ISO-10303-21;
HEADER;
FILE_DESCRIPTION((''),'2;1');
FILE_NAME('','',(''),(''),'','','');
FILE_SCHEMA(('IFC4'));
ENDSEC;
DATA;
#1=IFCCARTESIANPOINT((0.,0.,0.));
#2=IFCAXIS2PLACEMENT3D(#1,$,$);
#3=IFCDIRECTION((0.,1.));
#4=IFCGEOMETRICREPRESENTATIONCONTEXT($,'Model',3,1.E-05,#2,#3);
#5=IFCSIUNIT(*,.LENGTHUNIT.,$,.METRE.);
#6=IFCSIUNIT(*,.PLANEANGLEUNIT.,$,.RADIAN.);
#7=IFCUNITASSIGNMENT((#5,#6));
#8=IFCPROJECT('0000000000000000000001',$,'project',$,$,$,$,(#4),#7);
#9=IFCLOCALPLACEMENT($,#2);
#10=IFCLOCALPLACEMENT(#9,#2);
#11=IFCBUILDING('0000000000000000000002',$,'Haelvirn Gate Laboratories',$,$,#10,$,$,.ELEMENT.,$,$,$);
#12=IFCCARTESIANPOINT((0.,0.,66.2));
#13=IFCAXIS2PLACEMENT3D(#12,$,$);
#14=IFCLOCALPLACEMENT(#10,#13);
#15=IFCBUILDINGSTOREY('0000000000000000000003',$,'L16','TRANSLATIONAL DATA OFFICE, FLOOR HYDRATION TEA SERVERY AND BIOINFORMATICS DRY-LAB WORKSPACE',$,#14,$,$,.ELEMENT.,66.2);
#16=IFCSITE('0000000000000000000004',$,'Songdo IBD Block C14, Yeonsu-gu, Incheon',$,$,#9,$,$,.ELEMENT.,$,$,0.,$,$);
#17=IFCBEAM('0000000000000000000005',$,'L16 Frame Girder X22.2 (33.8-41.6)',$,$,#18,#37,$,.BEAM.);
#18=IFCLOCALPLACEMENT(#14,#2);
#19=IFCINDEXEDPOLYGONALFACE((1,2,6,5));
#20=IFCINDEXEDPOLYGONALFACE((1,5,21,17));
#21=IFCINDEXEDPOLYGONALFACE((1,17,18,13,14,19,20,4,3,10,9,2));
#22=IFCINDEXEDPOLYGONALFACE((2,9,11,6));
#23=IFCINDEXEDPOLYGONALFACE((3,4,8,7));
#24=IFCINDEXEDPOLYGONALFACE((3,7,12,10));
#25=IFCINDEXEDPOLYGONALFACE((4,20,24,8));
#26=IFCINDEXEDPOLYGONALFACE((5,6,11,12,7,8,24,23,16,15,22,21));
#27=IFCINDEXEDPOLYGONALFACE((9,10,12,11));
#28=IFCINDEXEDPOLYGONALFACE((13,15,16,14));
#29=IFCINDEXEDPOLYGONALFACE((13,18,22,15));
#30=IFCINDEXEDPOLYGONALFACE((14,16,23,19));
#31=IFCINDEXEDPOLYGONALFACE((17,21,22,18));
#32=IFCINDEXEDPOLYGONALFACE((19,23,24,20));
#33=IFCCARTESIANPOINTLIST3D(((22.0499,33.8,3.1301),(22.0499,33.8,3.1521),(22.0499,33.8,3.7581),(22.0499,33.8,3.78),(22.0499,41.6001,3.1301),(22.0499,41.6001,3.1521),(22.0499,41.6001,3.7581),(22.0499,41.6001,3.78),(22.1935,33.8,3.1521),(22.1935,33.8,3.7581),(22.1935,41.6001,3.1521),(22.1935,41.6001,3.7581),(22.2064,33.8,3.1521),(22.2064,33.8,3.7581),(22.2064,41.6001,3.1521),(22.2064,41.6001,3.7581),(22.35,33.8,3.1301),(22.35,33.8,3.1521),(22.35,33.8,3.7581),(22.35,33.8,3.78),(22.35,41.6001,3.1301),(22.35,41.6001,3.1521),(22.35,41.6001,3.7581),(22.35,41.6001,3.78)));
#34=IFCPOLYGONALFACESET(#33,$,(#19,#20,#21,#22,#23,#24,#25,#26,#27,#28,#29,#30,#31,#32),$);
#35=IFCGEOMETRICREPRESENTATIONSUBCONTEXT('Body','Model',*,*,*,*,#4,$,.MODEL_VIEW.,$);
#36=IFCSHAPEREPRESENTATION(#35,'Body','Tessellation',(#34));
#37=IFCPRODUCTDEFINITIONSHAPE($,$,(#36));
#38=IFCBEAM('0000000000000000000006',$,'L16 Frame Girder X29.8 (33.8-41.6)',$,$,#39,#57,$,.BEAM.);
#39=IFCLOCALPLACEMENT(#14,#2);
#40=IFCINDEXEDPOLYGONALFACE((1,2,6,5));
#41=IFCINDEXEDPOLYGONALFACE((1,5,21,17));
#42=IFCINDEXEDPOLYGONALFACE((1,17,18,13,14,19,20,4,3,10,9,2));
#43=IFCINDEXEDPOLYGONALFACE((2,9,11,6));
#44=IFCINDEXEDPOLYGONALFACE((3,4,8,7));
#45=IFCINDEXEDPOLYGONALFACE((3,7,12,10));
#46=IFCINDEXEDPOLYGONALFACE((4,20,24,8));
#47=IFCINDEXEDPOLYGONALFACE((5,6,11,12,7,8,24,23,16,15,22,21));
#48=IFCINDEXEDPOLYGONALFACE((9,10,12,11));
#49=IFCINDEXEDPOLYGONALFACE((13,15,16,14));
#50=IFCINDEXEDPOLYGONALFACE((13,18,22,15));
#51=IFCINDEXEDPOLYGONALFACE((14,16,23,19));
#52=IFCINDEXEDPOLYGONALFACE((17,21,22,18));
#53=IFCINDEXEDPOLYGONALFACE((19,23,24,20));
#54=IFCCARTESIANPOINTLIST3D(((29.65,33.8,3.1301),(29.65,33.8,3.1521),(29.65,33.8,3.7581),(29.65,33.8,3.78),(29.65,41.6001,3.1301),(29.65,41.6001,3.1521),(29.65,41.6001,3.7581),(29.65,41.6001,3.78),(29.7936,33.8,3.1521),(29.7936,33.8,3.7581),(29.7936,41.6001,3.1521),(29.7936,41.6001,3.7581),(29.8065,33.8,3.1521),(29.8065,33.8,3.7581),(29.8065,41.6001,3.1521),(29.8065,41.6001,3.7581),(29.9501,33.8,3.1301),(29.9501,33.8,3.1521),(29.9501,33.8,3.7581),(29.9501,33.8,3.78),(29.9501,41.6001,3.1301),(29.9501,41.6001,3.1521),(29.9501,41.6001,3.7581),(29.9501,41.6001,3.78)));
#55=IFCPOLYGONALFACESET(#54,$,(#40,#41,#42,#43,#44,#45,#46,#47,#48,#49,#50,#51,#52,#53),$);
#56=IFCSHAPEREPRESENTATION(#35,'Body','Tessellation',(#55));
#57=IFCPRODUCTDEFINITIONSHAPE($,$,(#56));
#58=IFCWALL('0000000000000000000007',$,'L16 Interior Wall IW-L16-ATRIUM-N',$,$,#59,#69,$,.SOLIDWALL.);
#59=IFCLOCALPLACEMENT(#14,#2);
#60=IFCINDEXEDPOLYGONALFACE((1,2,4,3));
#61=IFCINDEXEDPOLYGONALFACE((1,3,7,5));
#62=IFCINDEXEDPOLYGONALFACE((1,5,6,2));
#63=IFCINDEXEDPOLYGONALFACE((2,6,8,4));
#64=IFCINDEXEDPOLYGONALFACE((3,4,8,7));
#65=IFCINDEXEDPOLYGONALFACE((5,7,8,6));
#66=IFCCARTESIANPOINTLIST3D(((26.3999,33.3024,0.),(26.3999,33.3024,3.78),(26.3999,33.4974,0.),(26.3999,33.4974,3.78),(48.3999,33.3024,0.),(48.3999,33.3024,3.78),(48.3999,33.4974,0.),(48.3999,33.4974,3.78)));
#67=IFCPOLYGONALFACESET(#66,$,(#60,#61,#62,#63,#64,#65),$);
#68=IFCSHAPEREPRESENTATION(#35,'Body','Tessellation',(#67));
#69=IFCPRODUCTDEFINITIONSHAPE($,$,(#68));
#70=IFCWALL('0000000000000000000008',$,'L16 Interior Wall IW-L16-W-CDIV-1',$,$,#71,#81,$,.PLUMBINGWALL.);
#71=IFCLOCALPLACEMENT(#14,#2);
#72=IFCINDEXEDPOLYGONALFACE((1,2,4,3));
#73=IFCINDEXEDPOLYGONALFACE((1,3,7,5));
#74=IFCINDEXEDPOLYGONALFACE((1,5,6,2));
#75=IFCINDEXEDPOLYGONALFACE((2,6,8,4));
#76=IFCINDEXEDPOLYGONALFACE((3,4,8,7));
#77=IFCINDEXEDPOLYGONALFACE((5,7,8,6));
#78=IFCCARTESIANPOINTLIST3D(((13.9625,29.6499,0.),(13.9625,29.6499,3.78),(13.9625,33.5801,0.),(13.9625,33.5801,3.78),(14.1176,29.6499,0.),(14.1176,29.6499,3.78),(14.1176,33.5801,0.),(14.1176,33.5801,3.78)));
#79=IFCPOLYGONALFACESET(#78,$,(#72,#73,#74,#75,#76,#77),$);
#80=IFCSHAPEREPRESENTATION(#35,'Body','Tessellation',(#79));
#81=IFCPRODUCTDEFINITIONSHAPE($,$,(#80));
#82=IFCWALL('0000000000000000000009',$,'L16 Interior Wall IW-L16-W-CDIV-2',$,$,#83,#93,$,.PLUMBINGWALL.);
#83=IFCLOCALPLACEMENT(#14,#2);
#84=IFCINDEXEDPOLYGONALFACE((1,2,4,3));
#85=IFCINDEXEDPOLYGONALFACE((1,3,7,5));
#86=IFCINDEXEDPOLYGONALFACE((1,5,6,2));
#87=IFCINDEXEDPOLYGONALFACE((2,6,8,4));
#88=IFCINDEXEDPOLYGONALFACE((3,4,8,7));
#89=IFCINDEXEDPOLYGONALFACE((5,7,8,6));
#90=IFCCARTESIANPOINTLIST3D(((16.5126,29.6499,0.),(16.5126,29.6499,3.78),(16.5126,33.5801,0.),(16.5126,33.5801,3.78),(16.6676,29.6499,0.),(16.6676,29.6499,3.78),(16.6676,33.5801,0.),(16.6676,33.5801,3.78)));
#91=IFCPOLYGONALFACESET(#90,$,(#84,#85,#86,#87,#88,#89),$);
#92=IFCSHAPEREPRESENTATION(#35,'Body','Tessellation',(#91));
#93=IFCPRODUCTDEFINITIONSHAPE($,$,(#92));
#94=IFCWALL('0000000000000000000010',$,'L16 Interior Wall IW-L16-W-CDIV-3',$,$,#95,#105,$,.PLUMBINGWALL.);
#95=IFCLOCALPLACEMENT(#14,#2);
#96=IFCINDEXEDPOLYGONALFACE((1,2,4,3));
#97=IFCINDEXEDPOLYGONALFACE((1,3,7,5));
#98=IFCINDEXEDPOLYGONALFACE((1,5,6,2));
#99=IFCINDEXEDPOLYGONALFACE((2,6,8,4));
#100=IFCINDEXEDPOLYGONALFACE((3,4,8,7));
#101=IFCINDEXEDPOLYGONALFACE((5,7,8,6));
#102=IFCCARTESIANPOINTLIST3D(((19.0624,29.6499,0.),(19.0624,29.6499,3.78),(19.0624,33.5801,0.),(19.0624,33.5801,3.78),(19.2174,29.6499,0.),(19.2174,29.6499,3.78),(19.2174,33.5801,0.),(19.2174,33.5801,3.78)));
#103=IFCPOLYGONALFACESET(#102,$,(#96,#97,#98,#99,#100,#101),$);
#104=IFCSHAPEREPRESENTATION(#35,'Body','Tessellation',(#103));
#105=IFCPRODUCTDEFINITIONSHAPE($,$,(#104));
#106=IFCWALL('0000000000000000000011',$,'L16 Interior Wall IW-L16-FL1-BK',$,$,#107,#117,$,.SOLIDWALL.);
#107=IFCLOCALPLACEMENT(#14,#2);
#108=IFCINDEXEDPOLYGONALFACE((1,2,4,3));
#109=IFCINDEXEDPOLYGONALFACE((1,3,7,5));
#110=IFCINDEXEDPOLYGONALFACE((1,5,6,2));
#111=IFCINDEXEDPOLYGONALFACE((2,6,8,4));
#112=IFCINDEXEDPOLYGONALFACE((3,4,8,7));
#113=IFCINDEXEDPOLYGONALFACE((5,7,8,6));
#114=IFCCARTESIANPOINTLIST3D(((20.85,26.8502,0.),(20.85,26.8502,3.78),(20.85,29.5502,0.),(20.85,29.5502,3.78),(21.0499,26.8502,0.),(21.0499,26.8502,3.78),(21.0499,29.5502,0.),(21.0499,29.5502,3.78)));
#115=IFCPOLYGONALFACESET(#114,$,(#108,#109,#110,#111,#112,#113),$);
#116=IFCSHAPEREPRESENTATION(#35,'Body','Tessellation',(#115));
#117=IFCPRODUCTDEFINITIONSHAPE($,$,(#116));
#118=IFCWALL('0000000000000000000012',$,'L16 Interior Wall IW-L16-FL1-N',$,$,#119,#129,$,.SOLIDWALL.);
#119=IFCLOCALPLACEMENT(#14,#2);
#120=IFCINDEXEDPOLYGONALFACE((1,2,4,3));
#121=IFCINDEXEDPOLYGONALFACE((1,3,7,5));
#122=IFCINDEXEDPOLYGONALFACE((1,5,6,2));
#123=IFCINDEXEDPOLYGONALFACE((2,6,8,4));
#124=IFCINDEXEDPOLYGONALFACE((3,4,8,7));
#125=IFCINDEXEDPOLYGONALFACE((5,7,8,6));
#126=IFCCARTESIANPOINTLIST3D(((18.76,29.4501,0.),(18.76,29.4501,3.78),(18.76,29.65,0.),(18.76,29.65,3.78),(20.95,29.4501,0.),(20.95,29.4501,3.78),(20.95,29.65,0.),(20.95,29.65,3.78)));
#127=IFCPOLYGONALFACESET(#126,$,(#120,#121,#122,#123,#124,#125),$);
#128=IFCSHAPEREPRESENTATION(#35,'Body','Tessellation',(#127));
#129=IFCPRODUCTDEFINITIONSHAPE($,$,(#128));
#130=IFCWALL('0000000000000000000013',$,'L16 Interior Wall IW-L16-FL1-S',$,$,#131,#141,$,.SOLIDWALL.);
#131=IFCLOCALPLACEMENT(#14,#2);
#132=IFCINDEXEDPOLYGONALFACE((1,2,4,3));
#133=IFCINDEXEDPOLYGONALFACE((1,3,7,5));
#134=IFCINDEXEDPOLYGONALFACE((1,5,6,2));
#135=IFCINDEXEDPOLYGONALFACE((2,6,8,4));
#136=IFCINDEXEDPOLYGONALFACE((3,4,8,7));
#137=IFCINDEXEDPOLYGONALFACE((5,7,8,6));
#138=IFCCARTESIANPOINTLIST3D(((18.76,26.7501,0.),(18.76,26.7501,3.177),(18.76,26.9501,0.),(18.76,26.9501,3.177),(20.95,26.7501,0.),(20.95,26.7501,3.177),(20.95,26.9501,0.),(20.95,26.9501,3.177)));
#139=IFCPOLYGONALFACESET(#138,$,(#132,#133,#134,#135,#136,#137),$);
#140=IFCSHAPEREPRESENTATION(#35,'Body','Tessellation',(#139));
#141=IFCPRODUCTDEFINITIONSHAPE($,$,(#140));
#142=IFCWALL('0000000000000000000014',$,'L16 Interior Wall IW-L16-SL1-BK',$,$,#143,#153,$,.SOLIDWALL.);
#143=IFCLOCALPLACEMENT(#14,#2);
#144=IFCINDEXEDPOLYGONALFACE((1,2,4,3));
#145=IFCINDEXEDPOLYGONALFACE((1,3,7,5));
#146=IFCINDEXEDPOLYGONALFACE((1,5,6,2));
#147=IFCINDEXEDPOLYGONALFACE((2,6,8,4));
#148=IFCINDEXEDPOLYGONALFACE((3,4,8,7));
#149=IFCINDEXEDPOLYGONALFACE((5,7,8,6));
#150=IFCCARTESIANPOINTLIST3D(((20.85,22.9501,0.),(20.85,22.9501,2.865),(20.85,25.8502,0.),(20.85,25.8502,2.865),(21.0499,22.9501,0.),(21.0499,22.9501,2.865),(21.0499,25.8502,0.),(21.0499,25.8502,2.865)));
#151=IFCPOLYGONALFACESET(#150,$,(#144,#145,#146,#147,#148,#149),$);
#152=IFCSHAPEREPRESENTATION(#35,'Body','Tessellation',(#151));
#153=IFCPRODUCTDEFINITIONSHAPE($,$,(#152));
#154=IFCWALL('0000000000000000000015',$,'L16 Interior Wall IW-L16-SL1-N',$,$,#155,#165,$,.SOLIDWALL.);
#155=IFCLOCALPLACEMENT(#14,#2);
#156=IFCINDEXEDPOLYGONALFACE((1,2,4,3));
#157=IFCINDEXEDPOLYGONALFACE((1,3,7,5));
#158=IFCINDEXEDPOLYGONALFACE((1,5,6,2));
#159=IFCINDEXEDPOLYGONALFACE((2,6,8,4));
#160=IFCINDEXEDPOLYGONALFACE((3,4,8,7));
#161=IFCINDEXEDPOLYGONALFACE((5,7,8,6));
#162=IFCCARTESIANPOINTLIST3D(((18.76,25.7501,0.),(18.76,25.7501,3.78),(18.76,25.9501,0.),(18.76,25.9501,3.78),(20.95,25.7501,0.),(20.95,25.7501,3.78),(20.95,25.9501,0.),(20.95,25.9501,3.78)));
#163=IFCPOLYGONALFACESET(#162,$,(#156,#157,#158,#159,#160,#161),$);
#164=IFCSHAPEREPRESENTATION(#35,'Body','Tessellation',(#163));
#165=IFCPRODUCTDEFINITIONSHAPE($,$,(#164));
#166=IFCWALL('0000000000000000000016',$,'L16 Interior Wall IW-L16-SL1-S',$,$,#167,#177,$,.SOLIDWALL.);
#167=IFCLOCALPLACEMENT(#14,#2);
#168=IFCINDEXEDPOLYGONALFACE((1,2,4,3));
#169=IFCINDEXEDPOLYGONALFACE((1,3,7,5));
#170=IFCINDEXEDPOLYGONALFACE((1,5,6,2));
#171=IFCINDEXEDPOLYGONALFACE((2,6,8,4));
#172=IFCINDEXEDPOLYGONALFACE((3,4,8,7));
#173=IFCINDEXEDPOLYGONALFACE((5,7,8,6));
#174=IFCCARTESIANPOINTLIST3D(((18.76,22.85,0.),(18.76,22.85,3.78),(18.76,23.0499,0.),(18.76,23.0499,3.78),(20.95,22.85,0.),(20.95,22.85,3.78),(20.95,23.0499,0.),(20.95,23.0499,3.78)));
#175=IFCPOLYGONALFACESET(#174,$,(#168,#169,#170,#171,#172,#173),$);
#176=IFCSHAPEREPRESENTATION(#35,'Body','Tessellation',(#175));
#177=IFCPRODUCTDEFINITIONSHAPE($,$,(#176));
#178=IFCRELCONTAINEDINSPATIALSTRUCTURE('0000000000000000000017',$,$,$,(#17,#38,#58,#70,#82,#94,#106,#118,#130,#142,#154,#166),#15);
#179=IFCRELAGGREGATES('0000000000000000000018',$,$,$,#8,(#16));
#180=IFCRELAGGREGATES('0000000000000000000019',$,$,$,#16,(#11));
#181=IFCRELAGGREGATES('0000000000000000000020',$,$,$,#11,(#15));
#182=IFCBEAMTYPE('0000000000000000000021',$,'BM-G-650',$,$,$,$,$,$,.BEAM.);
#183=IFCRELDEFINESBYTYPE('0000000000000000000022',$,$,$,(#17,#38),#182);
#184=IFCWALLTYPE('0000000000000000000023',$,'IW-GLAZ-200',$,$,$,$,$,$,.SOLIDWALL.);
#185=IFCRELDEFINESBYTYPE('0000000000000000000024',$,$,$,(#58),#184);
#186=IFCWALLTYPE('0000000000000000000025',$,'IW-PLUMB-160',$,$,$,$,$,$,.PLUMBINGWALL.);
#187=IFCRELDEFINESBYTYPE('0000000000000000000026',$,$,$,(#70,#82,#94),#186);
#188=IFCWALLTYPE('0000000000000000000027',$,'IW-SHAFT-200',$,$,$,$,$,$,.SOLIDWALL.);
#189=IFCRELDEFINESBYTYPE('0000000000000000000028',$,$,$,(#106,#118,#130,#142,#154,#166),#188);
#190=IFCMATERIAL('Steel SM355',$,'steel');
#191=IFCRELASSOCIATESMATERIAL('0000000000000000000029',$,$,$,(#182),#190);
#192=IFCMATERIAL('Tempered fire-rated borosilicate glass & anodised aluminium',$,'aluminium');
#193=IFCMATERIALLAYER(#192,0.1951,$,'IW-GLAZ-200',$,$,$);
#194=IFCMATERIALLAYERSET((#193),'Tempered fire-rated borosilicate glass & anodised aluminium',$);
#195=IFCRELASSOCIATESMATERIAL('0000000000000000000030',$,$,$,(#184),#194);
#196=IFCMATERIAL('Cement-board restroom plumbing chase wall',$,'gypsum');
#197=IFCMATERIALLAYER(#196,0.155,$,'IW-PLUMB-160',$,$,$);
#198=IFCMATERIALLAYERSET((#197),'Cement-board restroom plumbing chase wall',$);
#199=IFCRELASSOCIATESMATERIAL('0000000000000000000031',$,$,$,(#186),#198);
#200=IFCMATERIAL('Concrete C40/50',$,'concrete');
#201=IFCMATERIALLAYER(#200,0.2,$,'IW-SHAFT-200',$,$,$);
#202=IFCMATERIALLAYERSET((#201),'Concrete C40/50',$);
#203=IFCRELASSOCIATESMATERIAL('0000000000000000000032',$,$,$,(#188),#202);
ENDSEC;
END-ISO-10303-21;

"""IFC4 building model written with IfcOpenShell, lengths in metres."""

from ifc_helpers import new_model, si_unit, direction, frame, frame_2d, origin, origin_2d, place, context, subcontext, project, spatial, rectangle, i_section, extrude, source, transform, mapped, material, layer, layer_set, material_profile, profile_set, type_object, type_shapes, element, save


model = new_model("IFC4")

# Units and contexts
model_context = context("Model", 3, precision=1e-05, world=origin(), true_north=direction((0.0, 1.0)))
body_context = subcontext(model_context, "Body", "Model", "MODEL_VIEW")
ifc_project = project(units=[si_unit("LENGTHUNIT", "METRE"), si_unit("PLANEANGLEUNIT", "RADIAN")], contexts=[model_context])

# Site, building, storey
site_placement = place(None, origin())
site = spatial("IfcSite", under=ifc_project, at=site_placement, Name="Songdo IBD Block C14, Yeonsu-gu, Incheon", CompositionType="ELEMENT", RefElevation=0.0)
building_placement = place(site_placement, origin())
building = spatial("IfcBuilding", under=site, at=building_placement, Name="Haelvirn Gate Laboratories", CompositionType="ELEMENT")
storey_placement = place(building_placement, frame((0.0, 0.0, 66.2)))
storey = spatial("IfcBuildingStorey", under=building, at=storey_placement, Name="L16", Description="TRANSLATIONAL DATA OFFICE, FLOOR HYDRATION TEA SERVERY AND BIOINFORMATICS DRY-LAB WORKSPACE", CompositionType="ELEMENT", Elevation=66.2)

# Beams
ifc_material_1 = material(Name="Steel SM355", Category="steel")
ifc_material_profile_1 = material_profile(ifc_material_1, i_section(OverallWidth=0.3, OverallDepth=0.6499, WebThickness=0.0129, FlangeThickness=0.022, at=origin_2d()), Name="H-650x300x13x22")
ifc_profile_set_1 = profile_set([ifc_material_profile_1], Name="Steel SM355")
beam_type_1 = type_object("IfcBeamType", Name="BM-G-650", PredefinedType="BEAM", material=ifc_profile_set_1)
shared_shape_1 = source(origin(), body_context, "Body", "SweptSolid", [
    extrude(i_section(OverallWidth=0.3, OverallDepth=0.6499, WebThickness=0.0129, FlangeThickness=0.022, at=origin_2d()), origin(), (0.0, 0.0, 1.0), 7.8),
])
type_shapes(beam_type_1, [shared_shape_1])
for number, where, z_axis, x_axis, name in (
    (1, (22.2, 33.8, 3.4551), (0.0, 1.0, 0.0), (-1.0, 0.0, 0.0), "L16 Frame Girder X22.2 (33.8-41.6)"),
    (2, (29.8, 33.8, 3.4551), (0.0, 1.0, 0.0), (-1.0, 0.0, 0.0), "L16 Frame Girder X29.8 (33.8-41.6)"),
):
    element("IfcBeam", number, at=place(storey_placement, frame(where, z_axis=z_axis, x_axis=x_axis)), inside=storey, type_object=beam_type_1, Name=name, PredefinedType="BEAM", context=body_context, shape_type="MappedRepresentation", body=[
        mapped(shared_shape_1, transform((0.0, 0.0, 0.0), scale=1.0)),
    ])

# Walls
ifc_material_2 = material(Name="Tempered fire-rated borosilicate glass & anodised aluminium", Category="aluminium")
ifc_layer_1 = layer(ifc_material_2, 0.1951, Name="IW-GLAZ-200")
ifc_layer_set_1 = layer_set([ifc_layer_1], Name="Tempered fire-rated borosilicate glass & anodised aluminium")
wall_type_1 = type_object("IfcWallType", Name="IW-GLAZ-200", PredefinedType="SOLIDWALL", material=ifc_layer_set_1)
wall_1_placement = place(storey_placement, frame((26.3999, 33.3999, 0.0), z_axis=(0.0, 0.0, 1.0), x_axis=(1.0, 0.0, 0.0)))
element("IfcWall", 3, at=wall_1_placement, inside=storey, type_object=wall_type_1, Name="L16 Interior Wall IW-L16-ATRIUM-N", PredefinedType="SOLIDWALL", context=body_context, shape_type="SweptSolid", body=[
    extrude(rectangle(XDim=22.0, YDim=0.1951, at=frame_2d((11.0, 0.0))), origin(), (0.0, 0.0, 1.0), 3.78),
])
ifc_material_3 = material(Name="Cement-board restroom plumbing chase wall", Category="gypsum")
ifc_layer_2 = layer(ifc_material_3, 0.155, Name="IW-PLUMB-160")
ifc_layer_set_2 = layer_set([ifc_layer_2], Name="Cement-board restroom plumbing chase wall")
wall_type_2 = type_object("IfcWallType", Name="IW-PLUMB-160", PredefinedType="PLUMBINGWALL", material=ifc_layer_set_2)
for number, where, z_axis, x_axis, name in (
    (4, (14.04, 29.6499, 0.0), (0.0, 0.0, 1.0), (0.0, 1.0, 0.0), "L16 Interior Wall IW-L16-W-CDIV-1"),
    (5, (16.5901, 29.6499, 0.0), (0.0, 0.0, 1.0), (0.0, 1.0, 0.0), "L16 Interior Wall IW-L16-W-CDIV-2"),
    (6, (19.1399, 29.6499, 0.0), (0.0, 0.0, 1.0), (0.0, 1.0, 0.0), "L16 Interior Wall IW-L16-W-CDIV-3"),
):
    element("IfcWall", number, at=place(storey_placement, frame(where, z_axis=z_axis, x_axis=x_axis)), inside=storey, type_object=wall_type_2, Name=name, PredefinedType="PLUMBINGWALL", context=body_context, shape_type="SweptSolid", body=[
        extrude(rectangle(XDim=3.9302, YDim=0.155, at=frame_2d((1.9651, 0.0))), origin(), (0.0, 0.0, 1.0), 3.78),
    ])
ifc_material_4 = material(Name="Concrete C40/50", Category="concrete")
ifc_layer_3 = layer(ifc_material_4, 0.2, Name="IW-SHAFT-200")
ifc_layer_set_3 = layer_set([ifc_layer_3], Name="Concrete C40/50")
wall_type_3 = type_object("IfcWallType", Name="IW-SHAFT-200", PredefinedType="SOLIDWALL", material=ifc_layer_set_3)
wall_2_placement = place(storey_placement, frame((20.95, 26.8501, 0.0), z_axis=(0.0, 0.0, 1.0), x_axis=(0.0, 1.0, 0.0)))
element("IfcWall", 7, at=wall_2_placement, inside=storey, type_object=wall_type_3, Name="L16 Interior Wall IW-L16-FL1-BK", PredefinedType="SOLIDWALL", context=body_context, shape_type="SweptSolid", body=[
    extrude(rectangle(XDim=2.7, YDim=0.2, at=frame_2d((1.3501, 0.0))), origin(), (0.0, 0.0, 1.0), 3.78),
])
wall_3_placement = place(storey_placement, frame((18.76, 29.55, 0.0), z_axis=(0.0, 0.0, 1.0), x_axis=(1.0, 0.0, 0.0)))
element("IfcWall", 8, at=wall_3_placement, inside=storey, type_object=wall_type_3, Name="L16 Interior Wall IW-L16-FL1-N", PredefinedType="SOLIDWALL", context=body_context, shape_type="SweptSolid", body=[
    extrude(rectangle(XDim=2.1899, YDim=0.2, at=frame_2d((1.095, 0.0))), origin(), (0.0, 0.0, 1.0), 3.78),
])
wall_4_placement = place(storey_placement, frame((18.76, 26.8501, 0.0), z_axis=(0.0, 0.0, 1.0), x_axis=(1.0, 0.0, 0.0)))
element("IfcWall", 9, at=wall_4_placement, inside=storey, type_object=wall_type_3, Name="L16 Interior Wall IW-L16-FL1-S", PredefinedType="SOLIDWALL", context=body_context, shape_type="SweptSolid", body=[
    extrude(rectangle(XDim=2.1899, YDim=0.2, at=frame_2d((1.095, 0.0))), origin(), (0.0, 0.0, 1.0), 3.177),
])
wall_5_placement = place(storey_placement, frame((20.95, 22.95, 0.0), z_axis=(0.0, 0.0, 1.0), x_axis=(0.0, 1.0, 0.0)))
element("IfcWall", 10, at=wall_5_placement, inside=storey, type_object=wall_type_3, Name="L16 Interior Wall IW-L16-SL1-BK", PredefinedType="SOLIDWALL", context=body_context, shape_type="SweptSolid", body=[
    extrude(rectangle(XDim=2.9001, YDim=0.2, at=frame_2d((1.4502, 0.0))), origin(), (0.0, 0.0, 1.0), 2.865),
])
for number, where, z_axis, x_axis, name in (
    (11, (18.76, 25.8501, 0.0), (0.0, 0.0, 1.0), (1.0, 0.0, 0.0), "L16 Interior Wall IW-L16-SL1-N"),
    (12, (18.76, 22.95, 0.0), (0.0, 0.0, 1.0), (1.0, 0.0, 0.0), "L16 Interior Wall IW-L16-SL1-S"),
):
    element("IfcWall", number, at=place(storey_placement, frame(where, z_axis=z_axis, x_axis=x_axis)), inside=storey, type_object=wall_type_3, Name=name, PredefinedType="SOLIDWALL", context=body_context, shape_type="SweptSolid", body=[
        extrude(rectangle(XDim=2.1899, YDim=0.2, at=frame_2d((1.095, 0.0))), origin(), (0.0, 0.0, 1.0), 3.78),
    ])

save(model, "model.ifc")
